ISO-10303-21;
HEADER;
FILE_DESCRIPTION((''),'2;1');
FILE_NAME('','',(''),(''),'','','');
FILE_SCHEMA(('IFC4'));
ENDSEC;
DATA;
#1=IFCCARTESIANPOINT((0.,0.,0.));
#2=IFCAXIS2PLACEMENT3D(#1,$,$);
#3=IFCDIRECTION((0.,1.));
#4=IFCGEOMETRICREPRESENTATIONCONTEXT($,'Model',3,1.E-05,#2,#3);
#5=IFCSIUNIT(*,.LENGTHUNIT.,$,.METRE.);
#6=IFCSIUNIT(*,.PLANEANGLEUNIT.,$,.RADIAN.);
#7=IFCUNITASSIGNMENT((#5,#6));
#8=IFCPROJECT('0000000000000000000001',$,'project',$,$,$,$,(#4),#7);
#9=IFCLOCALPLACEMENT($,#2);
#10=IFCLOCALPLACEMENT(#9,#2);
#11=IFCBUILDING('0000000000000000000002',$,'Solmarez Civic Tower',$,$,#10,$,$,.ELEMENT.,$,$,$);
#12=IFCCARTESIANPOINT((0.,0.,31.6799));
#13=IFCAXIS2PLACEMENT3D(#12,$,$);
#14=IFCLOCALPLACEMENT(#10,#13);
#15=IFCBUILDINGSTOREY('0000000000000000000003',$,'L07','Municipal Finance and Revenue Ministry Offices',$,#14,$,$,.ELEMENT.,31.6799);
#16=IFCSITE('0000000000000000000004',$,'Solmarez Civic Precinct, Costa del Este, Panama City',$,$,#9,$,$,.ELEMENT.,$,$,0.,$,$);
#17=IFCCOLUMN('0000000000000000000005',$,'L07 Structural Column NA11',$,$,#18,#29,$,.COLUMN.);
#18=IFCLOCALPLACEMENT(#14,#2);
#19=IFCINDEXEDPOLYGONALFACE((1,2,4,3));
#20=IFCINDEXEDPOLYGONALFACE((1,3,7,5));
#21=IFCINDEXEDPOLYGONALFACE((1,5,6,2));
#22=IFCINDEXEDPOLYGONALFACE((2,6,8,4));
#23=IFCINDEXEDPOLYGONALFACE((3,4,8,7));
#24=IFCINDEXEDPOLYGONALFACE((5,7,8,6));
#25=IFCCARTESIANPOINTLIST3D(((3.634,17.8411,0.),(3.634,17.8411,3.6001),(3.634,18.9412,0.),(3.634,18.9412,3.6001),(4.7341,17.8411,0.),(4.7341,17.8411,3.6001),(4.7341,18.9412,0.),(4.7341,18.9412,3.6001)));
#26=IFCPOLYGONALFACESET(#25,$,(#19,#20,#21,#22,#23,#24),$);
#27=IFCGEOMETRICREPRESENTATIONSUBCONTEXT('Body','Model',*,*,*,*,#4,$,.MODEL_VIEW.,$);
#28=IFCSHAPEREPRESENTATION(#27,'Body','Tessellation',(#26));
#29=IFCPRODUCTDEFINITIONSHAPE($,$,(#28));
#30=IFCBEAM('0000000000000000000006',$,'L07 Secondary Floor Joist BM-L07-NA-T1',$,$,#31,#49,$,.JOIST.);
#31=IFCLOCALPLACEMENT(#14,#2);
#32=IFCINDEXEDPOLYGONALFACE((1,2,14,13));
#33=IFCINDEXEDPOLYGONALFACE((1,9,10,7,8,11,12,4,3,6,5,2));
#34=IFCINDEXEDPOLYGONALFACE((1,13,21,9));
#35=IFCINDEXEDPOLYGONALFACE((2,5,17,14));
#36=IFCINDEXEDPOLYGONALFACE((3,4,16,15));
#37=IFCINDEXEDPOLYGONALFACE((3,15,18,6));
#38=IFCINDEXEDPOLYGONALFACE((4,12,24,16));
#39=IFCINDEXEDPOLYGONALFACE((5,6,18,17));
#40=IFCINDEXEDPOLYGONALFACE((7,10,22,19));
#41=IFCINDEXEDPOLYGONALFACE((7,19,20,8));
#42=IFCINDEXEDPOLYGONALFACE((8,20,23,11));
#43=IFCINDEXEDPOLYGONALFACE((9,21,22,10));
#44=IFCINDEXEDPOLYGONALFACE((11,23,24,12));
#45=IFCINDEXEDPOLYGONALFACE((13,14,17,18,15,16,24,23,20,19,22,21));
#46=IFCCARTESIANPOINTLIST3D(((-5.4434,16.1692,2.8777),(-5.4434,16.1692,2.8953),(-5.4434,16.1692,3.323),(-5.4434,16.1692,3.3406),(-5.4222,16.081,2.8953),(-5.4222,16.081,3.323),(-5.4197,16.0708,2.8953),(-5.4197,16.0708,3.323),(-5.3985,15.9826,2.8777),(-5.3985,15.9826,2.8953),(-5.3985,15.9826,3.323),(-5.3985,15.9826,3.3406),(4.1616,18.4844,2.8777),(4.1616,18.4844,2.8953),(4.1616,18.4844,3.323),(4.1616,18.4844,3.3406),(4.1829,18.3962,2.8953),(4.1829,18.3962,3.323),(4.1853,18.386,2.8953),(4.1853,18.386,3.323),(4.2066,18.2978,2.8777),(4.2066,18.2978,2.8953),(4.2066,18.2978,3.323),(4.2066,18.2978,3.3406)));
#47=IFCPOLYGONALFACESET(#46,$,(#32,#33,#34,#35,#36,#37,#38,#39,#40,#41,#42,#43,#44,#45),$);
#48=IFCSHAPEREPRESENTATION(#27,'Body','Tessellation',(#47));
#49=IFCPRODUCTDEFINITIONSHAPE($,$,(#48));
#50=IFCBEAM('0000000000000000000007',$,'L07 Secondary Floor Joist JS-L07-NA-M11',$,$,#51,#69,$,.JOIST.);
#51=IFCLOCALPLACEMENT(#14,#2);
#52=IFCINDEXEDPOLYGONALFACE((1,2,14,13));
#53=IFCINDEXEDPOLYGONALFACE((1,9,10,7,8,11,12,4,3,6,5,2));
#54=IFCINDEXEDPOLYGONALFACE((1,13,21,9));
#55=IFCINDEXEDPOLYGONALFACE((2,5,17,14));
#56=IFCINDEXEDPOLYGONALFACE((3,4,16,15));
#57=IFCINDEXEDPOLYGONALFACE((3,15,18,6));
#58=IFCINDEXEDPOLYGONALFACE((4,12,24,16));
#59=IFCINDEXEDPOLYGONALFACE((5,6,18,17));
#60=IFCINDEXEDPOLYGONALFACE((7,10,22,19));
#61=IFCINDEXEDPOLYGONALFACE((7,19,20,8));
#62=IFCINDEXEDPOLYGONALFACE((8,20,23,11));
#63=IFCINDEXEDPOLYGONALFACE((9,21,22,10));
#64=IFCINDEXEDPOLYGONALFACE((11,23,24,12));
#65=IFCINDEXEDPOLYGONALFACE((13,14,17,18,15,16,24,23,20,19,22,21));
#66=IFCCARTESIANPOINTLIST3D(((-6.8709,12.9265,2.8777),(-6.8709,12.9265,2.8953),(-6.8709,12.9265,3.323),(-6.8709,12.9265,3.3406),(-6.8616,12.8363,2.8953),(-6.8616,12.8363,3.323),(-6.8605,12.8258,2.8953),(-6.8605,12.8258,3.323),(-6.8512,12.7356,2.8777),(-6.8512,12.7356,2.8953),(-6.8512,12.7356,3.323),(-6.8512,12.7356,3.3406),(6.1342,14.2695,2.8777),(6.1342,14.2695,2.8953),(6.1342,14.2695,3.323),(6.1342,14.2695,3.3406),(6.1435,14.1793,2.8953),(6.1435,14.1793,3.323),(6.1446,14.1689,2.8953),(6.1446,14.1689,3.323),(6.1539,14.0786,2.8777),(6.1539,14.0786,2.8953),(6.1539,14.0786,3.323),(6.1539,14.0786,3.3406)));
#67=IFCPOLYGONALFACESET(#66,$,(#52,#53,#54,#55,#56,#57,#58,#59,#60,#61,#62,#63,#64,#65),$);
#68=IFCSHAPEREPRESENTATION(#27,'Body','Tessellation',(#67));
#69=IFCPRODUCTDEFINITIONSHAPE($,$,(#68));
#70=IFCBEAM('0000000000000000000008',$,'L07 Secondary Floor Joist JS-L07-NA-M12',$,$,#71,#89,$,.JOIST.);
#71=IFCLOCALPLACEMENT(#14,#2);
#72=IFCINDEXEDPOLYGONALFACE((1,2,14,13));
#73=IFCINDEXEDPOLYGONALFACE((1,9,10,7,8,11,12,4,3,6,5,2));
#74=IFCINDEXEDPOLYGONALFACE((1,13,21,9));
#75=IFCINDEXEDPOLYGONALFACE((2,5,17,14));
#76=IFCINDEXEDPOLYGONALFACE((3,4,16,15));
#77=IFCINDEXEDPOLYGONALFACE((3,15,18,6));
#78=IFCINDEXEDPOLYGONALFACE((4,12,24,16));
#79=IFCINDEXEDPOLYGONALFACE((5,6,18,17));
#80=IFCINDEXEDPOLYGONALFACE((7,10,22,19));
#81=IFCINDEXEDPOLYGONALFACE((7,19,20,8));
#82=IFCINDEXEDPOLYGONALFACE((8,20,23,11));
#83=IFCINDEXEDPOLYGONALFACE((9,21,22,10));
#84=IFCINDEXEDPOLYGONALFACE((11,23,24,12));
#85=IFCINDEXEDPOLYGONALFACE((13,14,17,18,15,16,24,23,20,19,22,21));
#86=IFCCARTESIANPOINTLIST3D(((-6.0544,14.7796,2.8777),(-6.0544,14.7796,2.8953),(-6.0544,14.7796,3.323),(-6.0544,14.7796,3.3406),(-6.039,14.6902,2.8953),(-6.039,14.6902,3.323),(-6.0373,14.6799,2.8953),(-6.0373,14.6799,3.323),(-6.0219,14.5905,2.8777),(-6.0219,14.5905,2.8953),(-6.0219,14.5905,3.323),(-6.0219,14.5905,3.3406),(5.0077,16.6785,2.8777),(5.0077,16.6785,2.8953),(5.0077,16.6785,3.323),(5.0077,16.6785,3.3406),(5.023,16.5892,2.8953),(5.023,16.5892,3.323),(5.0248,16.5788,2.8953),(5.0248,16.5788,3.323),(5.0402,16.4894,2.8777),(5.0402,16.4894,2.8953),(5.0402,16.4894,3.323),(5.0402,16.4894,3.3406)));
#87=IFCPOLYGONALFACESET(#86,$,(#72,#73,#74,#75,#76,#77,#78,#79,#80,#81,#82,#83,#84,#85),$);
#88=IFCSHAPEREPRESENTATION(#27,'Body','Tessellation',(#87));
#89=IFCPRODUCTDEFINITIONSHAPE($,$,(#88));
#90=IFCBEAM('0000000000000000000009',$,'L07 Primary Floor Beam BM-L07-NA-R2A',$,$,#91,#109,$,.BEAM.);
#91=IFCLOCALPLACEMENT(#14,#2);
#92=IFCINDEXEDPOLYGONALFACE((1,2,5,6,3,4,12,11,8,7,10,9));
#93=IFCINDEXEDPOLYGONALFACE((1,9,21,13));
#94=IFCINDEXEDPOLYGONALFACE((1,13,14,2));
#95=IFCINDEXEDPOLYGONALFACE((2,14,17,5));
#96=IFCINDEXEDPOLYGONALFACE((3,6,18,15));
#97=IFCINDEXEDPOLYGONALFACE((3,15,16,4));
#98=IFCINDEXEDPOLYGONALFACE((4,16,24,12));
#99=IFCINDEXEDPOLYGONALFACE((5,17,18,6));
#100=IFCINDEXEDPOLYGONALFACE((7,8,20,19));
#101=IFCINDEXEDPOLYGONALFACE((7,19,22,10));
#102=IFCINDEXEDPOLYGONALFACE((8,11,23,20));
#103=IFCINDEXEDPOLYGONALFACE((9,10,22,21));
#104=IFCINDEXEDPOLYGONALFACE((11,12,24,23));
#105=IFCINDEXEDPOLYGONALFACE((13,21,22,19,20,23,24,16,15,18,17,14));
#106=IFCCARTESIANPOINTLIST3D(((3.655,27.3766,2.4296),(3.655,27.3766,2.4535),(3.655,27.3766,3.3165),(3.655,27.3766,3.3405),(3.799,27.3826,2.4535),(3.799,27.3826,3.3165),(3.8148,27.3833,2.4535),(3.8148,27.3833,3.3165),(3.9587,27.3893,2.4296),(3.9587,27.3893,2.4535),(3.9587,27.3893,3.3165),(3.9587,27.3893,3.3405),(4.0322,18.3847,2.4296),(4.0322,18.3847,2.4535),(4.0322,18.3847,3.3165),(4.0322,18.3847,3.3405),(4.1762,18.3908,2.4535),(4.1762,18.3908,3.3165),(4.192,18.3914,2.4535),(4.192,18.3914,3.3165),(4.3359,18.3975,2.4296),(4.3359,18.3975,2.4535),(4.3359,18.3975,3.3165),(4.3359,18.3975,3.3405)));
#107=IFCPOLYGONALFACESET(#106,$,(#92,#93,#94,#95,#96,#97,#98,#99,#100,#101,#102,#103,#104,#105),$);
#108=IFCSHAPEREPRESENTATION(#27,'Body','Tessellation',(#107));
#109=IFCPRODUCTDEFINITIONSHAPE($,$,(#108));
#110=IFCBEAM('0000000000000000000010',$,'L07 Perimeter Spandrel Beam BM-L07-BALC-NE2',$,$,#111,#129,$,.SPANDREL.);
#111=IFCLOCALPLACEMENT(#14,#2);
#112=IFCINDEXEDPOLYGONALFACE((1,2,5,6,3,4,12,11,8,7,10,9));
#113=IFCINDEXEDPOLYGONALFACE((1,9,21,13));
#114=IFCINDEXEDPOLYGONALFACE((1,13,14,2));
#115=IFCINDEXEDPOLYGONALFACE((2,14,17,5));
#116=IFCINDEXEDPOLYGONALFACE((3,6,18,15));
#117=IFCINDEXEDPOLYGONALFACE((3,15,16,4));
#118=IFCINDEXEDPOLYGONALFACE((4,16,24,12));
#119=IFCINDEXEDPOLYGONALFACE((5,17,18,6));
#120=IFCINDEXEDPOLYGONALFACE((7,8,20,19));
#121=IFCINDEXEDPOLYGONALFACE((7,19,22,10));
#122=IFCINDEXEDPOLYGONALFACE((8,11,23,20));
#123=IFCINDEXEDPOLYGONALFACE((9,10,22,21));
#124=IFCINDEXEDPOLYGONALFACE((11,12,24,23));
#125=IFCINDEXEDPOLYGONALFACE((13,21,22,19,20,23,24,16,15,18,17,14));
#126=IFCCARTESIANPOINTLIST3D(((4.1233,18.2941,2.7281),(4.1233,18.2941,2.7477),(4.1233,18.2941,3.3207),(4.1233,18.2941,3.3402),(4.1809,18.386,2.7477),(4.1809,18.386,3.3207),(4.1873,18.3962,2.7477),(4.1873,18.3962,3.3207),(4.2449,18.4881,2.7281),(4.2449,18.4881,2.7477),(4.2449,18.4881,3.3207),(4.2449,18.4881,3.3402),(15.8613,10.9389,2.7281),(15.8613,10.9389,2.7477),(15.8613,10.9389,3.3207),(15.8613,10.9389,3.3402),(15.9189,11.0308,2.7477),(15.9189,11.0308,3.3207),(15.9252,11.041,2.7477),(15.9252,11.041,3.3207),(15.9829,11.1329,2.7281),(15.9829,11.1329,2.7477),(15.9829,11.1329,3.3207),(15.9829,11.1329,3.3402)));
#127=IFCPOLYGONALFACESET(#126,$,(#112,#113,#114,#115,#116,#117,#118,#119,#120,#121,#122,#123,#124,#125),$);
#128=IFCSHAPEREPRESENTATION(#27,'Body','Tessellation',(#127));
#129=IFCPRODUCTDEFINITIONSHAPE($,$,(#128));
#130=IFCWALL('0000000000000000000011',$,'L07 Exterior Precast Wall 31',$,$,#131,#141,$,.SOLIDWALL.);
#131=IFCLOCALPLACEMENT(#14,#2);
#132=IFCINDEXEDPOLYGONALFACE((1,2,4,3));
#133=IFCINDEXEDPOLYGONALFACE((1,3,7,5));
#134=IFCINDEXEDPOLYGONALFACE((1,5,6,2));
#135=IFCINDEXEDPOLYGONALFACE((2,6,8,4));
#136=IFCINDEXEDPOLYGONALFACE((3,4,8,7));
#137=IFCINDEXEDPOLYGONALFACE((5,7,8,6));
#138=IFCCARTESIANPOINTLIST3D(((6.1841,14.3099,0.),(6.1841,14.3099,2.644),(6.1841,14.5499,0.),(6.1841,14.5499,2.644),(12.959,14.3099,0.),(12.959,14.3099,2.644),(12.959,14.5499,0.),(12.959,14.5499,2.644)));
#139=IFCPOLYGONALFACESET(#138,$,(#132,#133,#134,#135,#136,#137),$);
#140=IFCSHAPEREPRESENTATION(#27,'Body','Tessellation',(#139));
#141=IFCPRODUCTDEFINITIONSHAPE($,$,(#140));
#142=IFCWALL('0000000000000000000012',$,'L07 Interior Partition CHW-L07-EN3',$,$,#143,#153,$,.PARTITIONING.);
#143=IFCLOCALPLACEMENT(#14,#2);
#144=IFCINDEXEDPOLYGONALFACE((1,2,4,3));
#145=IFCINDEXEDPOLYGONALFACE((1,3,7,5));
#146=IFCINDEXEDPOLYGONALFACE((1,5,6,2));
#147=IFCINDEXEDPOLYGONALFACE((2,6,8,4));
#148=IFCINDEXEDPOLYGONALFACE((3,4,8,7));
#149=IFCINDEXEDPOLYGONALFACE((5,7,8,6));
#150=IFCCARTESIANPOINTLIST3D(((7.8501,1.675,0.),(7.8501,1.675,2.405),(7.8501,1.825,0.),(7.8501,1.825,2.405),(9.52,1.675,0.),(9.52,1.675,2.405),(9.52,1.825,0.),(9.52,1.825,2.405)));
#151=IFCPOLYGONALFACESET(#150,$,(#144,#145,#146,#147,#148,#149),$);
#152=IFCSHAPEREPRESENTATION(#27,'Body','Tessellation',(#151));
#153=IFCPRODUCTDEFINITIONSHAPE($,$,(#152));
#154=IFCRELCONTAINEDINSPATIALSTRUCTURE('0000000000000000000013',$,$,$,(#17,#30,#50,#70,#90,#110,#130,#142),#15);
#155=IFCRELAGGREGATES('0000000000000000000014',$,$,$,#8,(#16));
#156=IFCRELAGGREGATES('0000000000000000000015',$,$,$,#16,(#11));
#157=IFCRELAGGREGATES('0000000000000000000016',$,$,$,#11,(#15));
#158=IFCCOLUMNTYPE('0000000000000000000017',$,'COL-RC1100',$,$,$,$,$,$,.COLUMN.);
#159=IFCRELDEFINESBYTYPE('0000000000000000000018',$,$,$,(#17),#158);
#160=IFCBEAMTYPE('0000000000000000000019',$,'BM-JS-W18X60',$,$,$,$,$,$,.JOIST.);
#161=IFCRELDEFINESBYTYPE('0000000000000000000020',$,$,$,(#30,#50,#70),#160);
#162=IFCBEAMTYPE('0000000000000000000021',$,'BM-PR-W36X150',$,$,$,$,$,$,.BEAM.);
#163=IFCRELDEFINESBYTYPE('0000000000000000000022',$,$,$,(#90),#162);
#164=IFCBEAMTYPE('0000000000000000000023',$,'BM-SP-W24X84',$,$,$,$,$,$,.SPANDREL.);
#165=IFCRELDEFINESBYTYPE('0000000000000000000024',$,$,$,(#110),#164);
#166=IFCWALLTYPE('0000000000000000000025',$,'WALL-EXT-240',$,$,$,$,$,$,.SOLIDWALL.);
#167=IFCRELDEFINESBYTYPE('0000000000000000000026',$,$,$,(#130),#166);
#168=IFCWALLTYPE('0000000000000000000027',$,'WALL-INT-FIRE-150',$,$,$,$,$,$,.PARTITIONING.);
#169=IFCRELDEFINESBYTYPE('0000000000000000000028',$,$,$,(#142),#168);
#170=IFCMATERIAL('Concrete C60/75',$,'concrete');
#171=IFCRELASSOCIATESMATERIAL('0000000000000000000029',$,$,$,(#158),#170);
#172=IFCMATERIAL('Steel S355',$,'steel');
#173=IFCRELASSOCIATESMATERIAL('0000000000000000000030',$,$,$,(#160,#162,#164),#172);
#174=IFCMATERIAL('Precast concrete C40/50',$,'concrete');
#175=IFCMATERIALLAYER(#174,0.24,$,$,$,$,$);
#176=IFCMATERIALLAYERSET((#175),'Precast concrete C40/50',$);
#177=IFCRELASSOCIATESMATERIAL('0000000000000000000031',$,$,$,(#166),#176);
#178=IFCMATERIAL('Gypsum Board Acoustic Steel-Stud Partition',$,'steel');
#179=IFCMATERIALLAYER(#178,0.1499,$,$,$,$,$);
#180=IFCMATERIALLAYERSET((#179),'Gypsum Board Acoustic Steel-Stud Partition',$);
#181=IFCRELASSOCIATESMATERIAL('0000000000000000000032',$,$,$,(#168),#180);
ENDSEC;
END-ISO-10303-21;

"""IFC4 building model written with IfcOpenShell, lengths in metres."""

from ifc_helpers import new_model, si_unit, direction, frame, frame_2d, origin, origin_2d, place, context, subcontext, project, spatial, rectangle, i_section, extrude, material, layer, layer_set, material_profile, profile_set, type_object, element, save


model = new_model("IFC4")

# Units and contexts
model_context = context("Model", 3, precision=1e-05, world=origin(), true_north=direction((0.0, 1.0)))
body_context = subcontext(model_context, "Body", "Model", "MODEL_VIEW")
ifc_project = project(units=[si_unit("LENGTHUNIT", "METRE"), si_unit("PLANEANGLEUNIT", "RADIAN")], contexts=[model_context])

# Site, building, storey
site_placement = place(None, origin())
site = spatial("IfcSite", under=ifc_project, at=site_placement, Name="Solmarez Civic Precinct, Costa del Este, Panama City", CompositionType="ELEMENT", RefElevation=0.0)
building_placement = place(site_placement, origin())
building = spatial("IfcBuilding", under=site, at=building_placement, Name="Solmarez Civic Tower", CompositionType="ELEMENT")
storey_placement = place(building_placement, frame((0.0, 0.0, 31.6799)))
storey = spatial("IfcBuildingStorey", under=building, at=storey_placement, Name="L07", Description="Municipal Finance and Revenue Ministry Offices", CompositionType="ELEMENT", Elevation=31.6799)

# Column
ifc_material_1 = material(Name="Concrete C60/75", Category="concrete")
ifc_material_profile_1 = material_profile(ifc_material_1, rectangle(XDim=1.1001, YDim=1.1001, at=origin_2d()), Name="RC1100X1100")
ifc_profile_set_1 = profile_set([ifc_material_profile_1], Name="Concrete C60/75")
column_type = type_object("IfcColumnType", Name="COL-RC1100", PredefinedType="COLUMN", material=ifc_profile_set_1)
column_placement = place(storey_placement, frame((4.1841, 18.3911, 0.0), z_axis=(0.0, 0.0, 1.0), x_axis=(1.0, 0.0, 0.0)))
element("IfcColumn", 1, at=column_placement, inside=storey, type_object=column_type, Name="L07 Structural Column NA11", PredefinedType="COLUMN", context=body_context, shape_type="SweptSolid", body=[
    extrude(rectangle(XDim=1.1001, YDim=1.1001, at=origin_2d()), origin(), (0.0, 0.0, 1.0), 3.6001),
])

# Beams
ifc_material_2 = material(Name="Steel S355", Category="steel")
ifc_material_profile_2 = material_profile(ifc_material_2, i_section(OverallWidth=0.1919, OverallDepth=0.4629, WebThickness=0.0105, FlangeThickness=0.0176, at=origin_2d()), Name="W18X60")
ifc_profile_set_2 = profile_set([ifc_material_profile_2], Name="Steel S355")
beam_type_1 = type_object("IfcBeamType", Name="BM-JS-W18X60", PredefinedType="JOIST", material=ifc_profile_set_2)
beam_1_placement = place(storey_placement, frame((4.1841, 18.3911, 3.1091), z_axis=(-0.972157, -0.234329, 0.0), x_axis=(0.234329, -0.972157, 0.0)))
element("IfcBeam", 2, at=beam_1_placement, inside=storey, type_object=beam_type_1, Name="L07 Secondary Floor Joist BM-L07-NA-T1", PredefinedType="JOIST", context=body_context, shape_type="SweptSolid", body=[
    extrude(i_section(OverallWidth=0.1919, OverallDepth=0.4629, WebThickness=0.0105, FlangeThickness=0.0176, at=origin_2d()), origin(), (0.0, 0.0, 1.0), 9.8801),
])
beam_2_placement = place(storey_placement, frame((6.144, 14.1741, 3.1091), z_axis=(-0.99471, -0.102722, 0.0), x_axis=(0.102722, -0.99471, 0.0)))
element("IfcBeam", 3, at=beam_2_placement, inside=storey, type_object=beam_type_1, Name="L07 Secondary Floor Joist JS-L07-NA-M11", PredefinedType="JOIST", context=body_context, shape_type="SweptSolid", body=[
    extrude(i_section(OverallWidth=0.1919, OverallDepth=0.4629, WebThickness=0.0105, FlangeThickness=0.0176, at=origin_2d()), origin(), (0.0, 0.0, 1.0), 13.0742),
])
beam_3_placement = place(storey_placement, frame((5.0239, 16.584, 3.1091), z_axis=(-0.985584, -0.169187, 0.0), x_axis=(0.169187, -0.985584, 0.0)))
element("IfcBeam", 4, at=beam_3_placement, inside=storey, type_object=beam_type_1, Name="L07 Secondary Floor Joist JS-L07-NA-M12", PredefinedType="JOIST", context=body_context, shape_type="SweptSolid", body=[
    extrude(i_section(OverallWidth=0.1919, OverallDepth=0.4629, WebThickness=0.0105, FlangeThickness=0.0176, at=origin_2d()), origin(), (0.0, 0.0, 1.0), 11.2239),
])
ifc_material_profile_3 = material_profile(ifc_material_2, i_section(OverallWidth=0.304, OverallDepth=0.9109, WebThickness=0.0159, FlangeThickness=0.0239, at=origin_2d()), Name="W36X150")
ifc_profile_set_3 = profile_set([ifc_material_profile_3], Name="Steel S355")
beam_type_2 = type_object("IfcBeamType", Name="BM-PR-W36X150", PredefinedType="BEAM", material=ifc_profile_set_3)
beam_4_placement = place(storey_placement, frame((4.1841, 18.3911, 2.885), z_axis=(-0.041911, 0.999121, 0.0), x_axis=(-0.999121, -0.041911, 0.0)))
element("IfcBeam", 5, at=beam_4_placement, inside=storey, type_object=beam_type_2, Name="L07 Primary Floor Beam BM-L07-NA-R2A", PredefinedType="BEAM", context=body_context, shape_type="SweptSolid", body=[
    extrude(i_section(OverallWidth=0.304, OverallDepth=0.9109, WebThickness=0.0159, FlangeThickness=0.0239, at=origin_2d()), origin(), (0.0, 0.0, 1.0), 8.9998),
])
ifc_material_profile_4 = material_profile(ifc_material_2, i_section(OverallWidth=0.229, OverallDepth=0.6121, WebThickness=0.012, FlangeThickness=0.0195, at=origin_2d()), Name="W24X84")
ifc_profile_set_4 = profile_set([ifc_material_profile_4], Name="Steel S355")
beam_type_3 = type_object("IfcBeamType", Name="BM-SP-W24X84", PredefinedType="SPANDREL", material=ifc_profile_set_4)
beam_5_placement = place(storey_placement, frame((4.1841, 18.3911, 3.0342), z_axis=(0.847383, -0.530982, 0.0), x_axis=(0.530982, 0.847383, 0.0)))
element("IfcBeam", 6, at=beam_5_placement, inside=storey, type_object=beam_type_3, Name="L07 Perimeter Spandrel Beam BM-L07-BALC-NE2", PredefinedType="SPANDREL", context=body_context, shape_type="SweptSolid", body=[
    extrude(i_section(OverallWidth=0.229, OverallDepth=0.6121, WebThickness=0.012, FlangeThickness=0.0195, at=origin_2d()), origin(), (0.0, 0.0, 1.0), 13.8521),
])

# Walls
ifc_material_3 = material(Name="Precast concrete C40/50", Category="concrete")
ifc_layer_1 = layer(ifc_material_3, 0.24)
ifc_layer_set_1 = layer_set([ifc_layer_1], Name="Precast concrete C40/50")
wall_type_1 = type_object("IfcWallType", Name="WALL-EXT-240", PredefinedType="SOLIDWALL", material=ifc_layer_set_1)
wall_1_placement = place(storey_placement, frame((6.1841, 14.4299, 0.0), z_axis=(0.0, 0.0, 1.0), x_axis=(1.0, 0.0, 0.0)))
element("IfcWall", 7, at=wall_1_placement, inside=storey, type_object=wall_type_1, Name="L07 Exterior Precast Wall 31", PredefinedType="SOLIDWALL", context=body_context, shape_type="SweptSolid", body=[
    extrude(rectangle(XDim=6.7749, YDim=0.24, at=frame_2d((3.3875, 0.0))), origin(), (0.0, 0.0, 1.0), 2.644),
])
ifc_material_4 = material(Name="Gypsum Board Acoustic Steel-Stud Partition", Category="steel")
ifc_layer_2 = layer(ifc_material_4, 0.1499)
ifc_layer_set_2 = layer_set([ifc_layer_2], Name="Gypsum Board Acoustic Steel-Stud Partition")
wall_type_2 = type_object("IfcWallType", Name="WALL-INT-FIRE-150", PredefinedType="PARTITIONING", material=ifc_layer_set_2)
wall_2_placement = place(storey_placement, frame((7.8501, 1.75, 0.0), z_axis=(0.0, 0.0, 1.0), x_axis=(1.0, 0.0, 0.0)))
element("IfcWall", 8, at=wall_2_placement, inside=storey, type_object=wall_type_2, Name="L07 Interior Partition CHW-L07-EN3", PredefinedType="PARTITIONING", context=body_context, shape_type="SweptSolid", body=[
    extrude(rectangle(XDim=1.6699, YDim=0.1499, at=frame_2d((0.835, 0.0))), origin(), (0.0, 0.0, 1.0), 2.405),
])

save(model, "model.ifc")
